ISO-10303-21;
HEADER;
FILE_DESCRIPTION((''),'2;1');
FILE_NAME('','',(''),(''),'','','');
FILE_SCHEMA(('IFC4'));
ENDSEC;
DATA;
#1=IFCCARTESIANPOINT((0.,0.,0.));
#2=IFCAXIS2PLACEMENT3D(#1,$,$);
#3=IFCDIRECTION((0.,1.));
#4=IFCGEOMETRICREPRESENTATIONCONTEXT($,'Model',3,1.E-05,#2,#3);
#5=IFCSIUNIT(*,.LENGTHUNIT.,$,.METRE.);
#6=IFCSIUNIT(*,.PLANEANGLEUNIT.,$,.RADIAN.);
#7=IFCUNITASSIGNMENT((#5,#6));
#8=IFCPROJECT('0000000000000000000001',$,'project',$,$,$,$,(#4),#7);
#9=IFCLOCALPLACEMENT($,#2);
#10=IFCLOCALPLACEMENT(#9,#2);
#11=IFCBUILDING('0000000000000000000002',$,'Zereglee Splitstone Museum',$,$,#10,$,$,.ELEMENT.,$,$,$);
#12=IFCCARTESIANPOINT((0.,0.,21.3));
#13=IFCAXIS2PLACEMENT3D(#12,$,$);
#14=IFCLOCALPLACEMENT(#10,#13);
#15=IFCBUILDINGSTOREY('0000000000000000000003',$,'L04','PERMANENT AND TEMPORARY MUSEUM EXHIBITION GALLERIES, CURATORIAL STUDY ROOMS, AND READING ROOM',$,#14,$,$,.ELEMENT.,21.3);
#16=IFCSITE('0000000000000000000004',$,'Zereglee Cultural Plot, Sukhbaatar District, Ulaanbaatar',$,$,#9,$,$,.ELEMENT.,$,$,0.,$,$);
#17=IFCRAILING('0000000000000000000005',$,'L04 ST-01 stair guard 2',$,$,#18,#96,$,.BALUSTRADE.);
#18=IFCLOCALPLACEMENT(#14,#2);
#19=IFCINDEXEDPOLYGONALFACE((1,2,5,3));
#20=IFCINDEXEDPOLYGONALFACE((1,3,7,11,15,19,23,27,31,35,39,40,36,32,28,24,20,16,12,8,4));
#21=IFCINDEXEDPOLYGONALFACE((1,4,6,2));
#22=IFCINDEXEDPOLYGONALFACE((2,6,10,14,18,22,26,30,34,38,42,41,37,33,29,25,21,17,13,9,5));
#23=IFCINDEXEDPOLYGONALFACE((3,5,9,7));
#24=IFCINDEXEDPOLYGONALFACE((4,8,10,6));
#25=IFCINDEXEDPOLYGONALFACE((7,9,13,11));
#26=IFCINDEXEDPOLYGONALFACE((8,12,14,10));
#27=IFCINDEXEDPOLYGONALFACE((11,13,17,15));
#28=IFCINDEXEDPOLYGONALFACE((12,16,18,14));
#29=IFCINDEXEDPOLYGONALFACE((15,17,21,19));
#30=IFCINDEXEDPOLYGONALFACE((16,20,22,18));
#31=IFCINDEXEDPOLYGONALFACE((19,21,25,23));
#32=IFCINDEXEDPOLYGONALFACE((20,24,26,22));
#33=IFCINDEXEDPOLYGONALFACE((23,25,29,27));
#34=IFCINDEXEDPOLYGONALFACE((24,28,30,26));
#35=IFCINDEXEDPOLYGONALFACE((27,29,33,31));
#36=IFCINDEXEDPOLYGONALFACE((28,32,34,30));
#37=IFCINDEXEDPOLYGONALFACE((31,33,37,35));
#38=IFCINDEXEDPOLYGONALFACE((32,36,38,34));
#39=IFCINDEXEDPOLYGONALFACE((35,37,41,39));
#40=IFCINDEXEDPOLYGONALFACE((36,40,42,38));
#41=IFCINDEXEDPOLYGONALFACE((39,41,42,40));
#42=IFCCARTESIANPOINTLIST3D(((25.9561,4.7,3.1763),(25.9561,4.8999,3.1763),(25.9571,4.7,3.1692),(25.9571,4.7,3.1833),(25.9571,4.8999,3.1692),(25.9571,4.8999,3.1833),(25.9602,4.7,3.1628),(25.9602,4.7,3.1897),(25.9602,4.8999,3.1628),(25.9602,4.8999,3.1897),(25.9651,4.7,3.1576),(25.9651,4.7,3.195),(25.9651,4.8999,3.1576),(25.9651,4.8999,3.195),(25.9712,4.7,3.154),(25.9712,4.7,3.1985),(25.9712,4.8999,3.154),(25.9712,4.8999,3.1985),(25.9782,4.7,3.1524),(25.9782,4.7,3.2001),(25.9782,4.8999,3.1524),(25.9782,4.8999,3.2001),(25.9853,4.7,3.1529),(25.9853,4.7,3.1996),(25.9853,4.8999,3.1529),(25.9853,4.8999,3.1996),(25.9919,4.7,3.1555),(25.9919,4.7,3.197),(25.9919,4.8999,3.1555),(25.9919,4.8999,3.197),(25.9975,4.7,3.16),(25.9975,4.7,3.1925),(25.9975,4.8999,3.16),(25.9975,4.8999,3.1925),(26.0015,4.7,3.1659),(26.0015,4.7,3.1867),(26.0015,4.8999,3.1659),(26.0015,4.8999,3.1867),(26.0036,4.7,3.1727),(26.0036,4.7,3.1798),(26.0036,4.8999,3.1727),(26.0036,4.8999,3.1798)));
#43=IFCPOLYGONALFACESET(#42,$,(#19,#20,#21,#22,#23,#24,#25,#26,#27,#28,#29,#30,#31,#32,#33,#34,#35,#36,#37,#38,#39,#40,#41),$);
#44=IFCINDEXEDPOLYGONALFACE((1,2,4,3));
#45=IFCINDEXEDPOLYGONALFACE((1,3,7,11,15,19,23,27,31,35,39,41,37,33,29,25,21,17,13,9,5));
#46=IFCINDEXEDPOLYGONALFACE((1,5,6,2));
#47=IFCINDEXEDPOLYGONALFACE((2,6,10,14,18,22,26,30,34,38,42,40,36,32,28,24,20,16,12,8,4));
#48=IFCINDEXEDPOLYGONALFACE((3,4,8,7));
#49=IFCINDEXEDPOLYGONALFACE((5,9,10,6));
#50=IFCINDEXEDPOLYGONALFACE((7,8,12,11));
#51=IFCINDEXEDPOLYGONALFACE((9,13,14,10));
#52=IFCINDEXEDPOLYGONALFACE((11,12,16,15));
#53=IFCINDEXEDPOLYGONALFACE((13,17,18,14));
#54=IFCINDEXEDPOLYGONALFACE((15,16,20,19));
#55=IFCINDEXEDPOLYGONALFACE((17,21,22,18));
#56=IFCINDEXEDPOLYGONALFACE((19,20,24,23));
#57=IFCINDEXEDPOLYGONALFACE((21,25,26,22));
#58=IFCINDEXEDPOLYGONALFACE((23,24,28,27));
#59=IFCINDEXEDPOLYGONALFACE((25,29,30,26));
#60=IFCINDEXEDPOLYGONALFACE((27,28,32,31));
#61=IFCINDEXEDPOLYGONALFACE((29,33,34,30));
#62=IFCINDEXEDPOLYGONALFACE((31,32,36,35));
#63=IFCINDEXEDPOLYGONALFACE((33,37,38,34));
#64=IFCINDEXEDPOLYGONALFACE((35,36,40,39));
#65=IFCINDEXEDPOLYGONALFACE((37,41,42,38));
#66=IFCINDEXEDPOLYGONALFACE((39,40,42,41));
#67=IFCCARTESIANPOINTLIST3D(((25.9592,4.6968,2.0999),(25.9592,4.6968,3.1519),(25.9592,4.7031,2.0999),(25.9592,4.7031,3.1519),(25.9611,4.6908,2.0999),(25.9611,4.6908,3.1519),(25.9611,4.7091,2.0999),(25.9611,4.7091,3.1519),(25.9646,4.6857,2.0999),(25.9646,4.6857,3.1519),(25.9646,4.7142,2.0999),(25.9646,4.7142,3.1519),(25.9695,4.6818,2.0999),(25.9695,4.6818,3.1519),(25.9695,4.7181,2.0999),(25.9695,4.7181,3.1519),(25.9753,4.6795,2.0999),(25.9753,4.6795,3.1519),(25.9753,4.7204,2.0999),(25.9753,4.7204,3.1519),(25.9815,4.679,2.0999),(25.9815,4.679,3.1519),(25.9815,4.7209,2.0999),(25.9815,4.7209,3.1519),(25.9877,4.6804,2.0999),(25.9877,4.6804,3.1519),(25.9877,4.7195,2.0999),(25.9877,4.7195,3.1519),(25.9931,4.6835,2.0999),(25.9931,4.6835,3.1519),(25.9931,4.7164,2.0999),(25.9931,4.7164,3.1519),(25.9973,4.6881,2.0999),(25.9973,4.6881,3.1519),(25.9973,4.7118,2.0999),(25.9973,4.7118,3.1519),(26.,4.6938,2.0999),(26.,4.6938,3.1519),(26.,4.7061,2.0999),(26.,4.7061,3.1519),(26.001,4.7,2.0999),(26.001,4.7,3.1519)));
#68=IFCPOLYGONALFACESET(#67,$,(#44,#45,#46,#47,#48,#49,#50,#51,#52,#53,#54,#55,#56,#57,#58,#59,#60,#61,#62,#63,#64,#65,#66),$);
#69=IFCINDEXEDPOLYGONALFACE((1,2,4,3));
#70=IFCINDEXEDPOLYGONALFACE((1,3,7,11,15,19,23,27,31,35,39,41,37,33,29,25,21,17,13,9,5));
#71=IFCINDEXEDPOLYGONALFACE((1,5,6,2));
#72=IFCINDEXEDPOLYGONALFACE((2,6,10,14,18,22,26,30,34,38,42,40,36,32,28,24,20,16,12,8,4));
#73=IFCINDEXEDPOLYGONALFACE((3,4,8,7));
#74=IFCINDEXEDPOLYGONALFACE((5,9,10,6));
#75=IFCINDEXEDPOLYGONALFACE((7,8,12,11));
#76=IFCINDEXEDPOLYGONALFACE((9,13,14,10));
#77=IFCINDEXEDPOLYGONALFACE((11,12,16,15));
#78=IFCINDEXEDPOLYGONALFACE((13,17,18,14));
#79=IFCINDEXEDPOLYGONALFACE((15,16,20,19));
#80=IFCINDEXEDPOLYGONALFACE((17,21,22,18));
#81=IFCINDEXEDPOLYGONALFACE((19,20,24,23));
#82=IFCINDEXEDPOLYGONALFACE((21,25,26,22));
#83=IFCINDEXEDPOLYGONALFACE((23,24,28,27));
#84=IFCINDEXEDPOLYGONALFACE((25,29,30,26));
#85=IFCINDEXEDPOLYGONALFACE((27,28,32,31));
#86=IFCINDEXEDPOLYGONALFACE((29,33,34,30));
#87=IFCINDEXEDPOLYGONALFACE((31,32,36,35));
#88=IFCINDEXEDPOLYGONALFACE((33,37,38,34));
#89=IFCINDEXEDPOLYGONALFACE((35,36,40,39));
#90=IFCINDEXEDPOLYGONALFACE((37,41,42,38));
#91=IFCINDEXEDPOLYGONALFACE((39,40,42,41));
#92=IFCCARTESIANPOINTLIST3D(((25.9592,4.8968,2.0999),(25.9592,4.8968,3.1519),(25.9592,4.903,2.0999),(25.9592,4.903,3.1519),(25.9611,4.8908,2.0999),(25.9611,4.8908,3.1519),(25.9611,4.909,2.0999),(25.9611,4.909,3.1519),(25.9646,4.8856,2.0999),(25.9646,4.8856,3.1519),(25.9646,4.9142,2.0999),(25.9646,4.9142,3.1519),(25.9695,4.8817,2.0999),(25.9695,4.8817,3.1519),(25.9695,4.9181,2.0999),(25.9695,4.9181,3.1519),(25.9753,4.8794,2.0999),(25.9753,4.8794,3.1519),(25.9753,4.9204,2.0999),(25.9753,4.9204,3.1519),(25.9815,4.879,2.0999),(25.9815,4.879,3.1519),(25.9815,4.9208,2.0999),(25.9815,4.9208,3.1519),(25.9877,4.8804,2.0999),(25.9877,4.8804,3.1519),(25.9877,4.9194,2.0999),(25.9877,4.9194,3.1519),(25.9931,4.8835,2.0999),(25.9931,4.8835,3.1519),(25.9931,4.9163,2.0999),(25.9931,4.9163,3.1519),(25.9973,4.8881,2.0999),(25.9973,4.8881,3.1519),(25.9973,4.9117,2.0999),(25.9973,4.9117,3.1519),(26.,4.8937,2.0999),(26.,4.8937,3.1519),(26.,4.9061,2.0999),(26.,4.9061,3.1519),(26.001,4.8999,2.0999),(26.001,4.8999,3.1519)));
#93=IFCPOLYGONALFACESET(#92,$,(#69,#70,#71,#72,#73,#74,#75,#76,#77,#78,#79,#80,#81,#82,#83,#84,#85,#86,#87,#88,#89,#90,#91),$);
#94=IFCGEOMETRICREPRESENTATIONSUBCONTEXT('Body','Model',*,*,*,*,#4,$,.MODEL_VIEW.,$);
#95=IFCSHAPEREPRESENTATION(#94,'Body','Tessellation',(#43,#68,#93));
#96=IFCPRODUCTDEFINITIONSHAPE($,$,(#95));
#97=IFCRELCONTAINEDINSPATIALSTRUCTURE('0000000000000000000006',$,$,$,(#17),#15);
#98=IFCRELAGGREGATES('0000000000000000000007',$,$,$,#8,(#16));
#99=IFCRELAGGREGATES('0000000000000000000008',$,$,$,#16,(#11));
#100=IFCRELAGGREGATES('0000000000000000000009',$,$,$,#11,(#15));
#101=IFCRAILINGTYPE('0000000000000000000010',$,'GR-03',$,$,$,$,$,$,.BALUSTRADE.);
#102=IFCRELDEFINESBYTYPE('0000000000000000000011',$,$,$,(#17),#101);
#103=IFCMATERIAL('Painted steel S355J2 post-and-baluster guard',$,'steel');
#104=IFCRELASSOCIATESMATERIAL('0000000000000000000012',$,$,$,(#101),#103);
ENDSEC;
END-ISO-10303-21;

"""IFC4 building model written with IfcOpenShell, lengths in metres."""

from ifc_helpers import new_model, si_unit, direction, frame, origin, origin_2d, place, context, subcontext, project, spatial, circle, extrude, material, type_object, element, save


model = new_model("IFC4")

# Units and contexts
model_context = context("Model", 3, precision=1e-05, world=origin(), true_north=direction((0.0, 1.0)))
body_context = subcontext(model_context, "Body", "Model", "MODEL_VIEW")
ifc_project = project(units=[si_unit("LENGTHUNIT", "METRE"), si_unit("PLANEANGLEUNIT", "RADIAN")], contexts=[model_context])

# Site, building, storey
site_placement = place(None, origin())
site = spatial("IfcSite", under=ifc_project, at=site_placement, Name="Zereglee Cultural Plot, Sukhbaatar District, Ulaanbaatar", CompositionType="ELEMENT", RefElevation=0.0)
building_placement = place(site_placement, origin())
building = spatial("IfcBuilding", under=site, at=building_placement, Name="Zereglee Splitstone Museum", CompositionType="ELEMENT")
storey_placement = place(building_placement, frame((0.0, 0.0, 21.3)))
storey = spatial("IfcBuildingStorey", under=building, at=storey_placement, Name="L04", Description="PERMANENT AND TEMPORARY MUSEUM EXHIBITION GALLERIES, CURATORIAL STUDY ROOMS, AND READING ROOM", CompositionType="ELEMENT", Elevation=21.3)

# Railing
ifc_material_1 = material(Name="Painted steel S355J2 post-and-baluster guard", Category="steel")
railing_type_1 = type_object("IfcRailingType", Name="GR-03", PredefinedType="BALUSTRADE", material=ifc_material_1)
railing_1_placement = place(storey_placement, frame((25.98, 4.7, 2.0999)))
element("IfcRailing", 1, at=railing_1_placement, inside=storey, type_object=railing_type_1, Name="L04 ST-01 stair guard 2", PredefinedType="BALUSTRADE", context=body_context, shape_type="SweptSolid", body=[
    extrude(circle(Radius=0.0239, at=origin_2d()), frame((0.0, 0.0, 1.0764), z_axis=(0.0, 1.0, 0.0), x_axis=(-1.0, 0.0, 0.0)), (0.0, 0.0, 1.0), 0.2),
    extrude(circle(Radius=0.021, at=origin_2d()), origin(), (0.0, 0.0, 1.0), 1.052),
    extrude(circle(Radius=0.021, at=origin_2d()), frame((0.0, 0.2, 0.0)), (0.0, 0.0, 1.0), 1.052),
])

save(model, "model.ifc")
